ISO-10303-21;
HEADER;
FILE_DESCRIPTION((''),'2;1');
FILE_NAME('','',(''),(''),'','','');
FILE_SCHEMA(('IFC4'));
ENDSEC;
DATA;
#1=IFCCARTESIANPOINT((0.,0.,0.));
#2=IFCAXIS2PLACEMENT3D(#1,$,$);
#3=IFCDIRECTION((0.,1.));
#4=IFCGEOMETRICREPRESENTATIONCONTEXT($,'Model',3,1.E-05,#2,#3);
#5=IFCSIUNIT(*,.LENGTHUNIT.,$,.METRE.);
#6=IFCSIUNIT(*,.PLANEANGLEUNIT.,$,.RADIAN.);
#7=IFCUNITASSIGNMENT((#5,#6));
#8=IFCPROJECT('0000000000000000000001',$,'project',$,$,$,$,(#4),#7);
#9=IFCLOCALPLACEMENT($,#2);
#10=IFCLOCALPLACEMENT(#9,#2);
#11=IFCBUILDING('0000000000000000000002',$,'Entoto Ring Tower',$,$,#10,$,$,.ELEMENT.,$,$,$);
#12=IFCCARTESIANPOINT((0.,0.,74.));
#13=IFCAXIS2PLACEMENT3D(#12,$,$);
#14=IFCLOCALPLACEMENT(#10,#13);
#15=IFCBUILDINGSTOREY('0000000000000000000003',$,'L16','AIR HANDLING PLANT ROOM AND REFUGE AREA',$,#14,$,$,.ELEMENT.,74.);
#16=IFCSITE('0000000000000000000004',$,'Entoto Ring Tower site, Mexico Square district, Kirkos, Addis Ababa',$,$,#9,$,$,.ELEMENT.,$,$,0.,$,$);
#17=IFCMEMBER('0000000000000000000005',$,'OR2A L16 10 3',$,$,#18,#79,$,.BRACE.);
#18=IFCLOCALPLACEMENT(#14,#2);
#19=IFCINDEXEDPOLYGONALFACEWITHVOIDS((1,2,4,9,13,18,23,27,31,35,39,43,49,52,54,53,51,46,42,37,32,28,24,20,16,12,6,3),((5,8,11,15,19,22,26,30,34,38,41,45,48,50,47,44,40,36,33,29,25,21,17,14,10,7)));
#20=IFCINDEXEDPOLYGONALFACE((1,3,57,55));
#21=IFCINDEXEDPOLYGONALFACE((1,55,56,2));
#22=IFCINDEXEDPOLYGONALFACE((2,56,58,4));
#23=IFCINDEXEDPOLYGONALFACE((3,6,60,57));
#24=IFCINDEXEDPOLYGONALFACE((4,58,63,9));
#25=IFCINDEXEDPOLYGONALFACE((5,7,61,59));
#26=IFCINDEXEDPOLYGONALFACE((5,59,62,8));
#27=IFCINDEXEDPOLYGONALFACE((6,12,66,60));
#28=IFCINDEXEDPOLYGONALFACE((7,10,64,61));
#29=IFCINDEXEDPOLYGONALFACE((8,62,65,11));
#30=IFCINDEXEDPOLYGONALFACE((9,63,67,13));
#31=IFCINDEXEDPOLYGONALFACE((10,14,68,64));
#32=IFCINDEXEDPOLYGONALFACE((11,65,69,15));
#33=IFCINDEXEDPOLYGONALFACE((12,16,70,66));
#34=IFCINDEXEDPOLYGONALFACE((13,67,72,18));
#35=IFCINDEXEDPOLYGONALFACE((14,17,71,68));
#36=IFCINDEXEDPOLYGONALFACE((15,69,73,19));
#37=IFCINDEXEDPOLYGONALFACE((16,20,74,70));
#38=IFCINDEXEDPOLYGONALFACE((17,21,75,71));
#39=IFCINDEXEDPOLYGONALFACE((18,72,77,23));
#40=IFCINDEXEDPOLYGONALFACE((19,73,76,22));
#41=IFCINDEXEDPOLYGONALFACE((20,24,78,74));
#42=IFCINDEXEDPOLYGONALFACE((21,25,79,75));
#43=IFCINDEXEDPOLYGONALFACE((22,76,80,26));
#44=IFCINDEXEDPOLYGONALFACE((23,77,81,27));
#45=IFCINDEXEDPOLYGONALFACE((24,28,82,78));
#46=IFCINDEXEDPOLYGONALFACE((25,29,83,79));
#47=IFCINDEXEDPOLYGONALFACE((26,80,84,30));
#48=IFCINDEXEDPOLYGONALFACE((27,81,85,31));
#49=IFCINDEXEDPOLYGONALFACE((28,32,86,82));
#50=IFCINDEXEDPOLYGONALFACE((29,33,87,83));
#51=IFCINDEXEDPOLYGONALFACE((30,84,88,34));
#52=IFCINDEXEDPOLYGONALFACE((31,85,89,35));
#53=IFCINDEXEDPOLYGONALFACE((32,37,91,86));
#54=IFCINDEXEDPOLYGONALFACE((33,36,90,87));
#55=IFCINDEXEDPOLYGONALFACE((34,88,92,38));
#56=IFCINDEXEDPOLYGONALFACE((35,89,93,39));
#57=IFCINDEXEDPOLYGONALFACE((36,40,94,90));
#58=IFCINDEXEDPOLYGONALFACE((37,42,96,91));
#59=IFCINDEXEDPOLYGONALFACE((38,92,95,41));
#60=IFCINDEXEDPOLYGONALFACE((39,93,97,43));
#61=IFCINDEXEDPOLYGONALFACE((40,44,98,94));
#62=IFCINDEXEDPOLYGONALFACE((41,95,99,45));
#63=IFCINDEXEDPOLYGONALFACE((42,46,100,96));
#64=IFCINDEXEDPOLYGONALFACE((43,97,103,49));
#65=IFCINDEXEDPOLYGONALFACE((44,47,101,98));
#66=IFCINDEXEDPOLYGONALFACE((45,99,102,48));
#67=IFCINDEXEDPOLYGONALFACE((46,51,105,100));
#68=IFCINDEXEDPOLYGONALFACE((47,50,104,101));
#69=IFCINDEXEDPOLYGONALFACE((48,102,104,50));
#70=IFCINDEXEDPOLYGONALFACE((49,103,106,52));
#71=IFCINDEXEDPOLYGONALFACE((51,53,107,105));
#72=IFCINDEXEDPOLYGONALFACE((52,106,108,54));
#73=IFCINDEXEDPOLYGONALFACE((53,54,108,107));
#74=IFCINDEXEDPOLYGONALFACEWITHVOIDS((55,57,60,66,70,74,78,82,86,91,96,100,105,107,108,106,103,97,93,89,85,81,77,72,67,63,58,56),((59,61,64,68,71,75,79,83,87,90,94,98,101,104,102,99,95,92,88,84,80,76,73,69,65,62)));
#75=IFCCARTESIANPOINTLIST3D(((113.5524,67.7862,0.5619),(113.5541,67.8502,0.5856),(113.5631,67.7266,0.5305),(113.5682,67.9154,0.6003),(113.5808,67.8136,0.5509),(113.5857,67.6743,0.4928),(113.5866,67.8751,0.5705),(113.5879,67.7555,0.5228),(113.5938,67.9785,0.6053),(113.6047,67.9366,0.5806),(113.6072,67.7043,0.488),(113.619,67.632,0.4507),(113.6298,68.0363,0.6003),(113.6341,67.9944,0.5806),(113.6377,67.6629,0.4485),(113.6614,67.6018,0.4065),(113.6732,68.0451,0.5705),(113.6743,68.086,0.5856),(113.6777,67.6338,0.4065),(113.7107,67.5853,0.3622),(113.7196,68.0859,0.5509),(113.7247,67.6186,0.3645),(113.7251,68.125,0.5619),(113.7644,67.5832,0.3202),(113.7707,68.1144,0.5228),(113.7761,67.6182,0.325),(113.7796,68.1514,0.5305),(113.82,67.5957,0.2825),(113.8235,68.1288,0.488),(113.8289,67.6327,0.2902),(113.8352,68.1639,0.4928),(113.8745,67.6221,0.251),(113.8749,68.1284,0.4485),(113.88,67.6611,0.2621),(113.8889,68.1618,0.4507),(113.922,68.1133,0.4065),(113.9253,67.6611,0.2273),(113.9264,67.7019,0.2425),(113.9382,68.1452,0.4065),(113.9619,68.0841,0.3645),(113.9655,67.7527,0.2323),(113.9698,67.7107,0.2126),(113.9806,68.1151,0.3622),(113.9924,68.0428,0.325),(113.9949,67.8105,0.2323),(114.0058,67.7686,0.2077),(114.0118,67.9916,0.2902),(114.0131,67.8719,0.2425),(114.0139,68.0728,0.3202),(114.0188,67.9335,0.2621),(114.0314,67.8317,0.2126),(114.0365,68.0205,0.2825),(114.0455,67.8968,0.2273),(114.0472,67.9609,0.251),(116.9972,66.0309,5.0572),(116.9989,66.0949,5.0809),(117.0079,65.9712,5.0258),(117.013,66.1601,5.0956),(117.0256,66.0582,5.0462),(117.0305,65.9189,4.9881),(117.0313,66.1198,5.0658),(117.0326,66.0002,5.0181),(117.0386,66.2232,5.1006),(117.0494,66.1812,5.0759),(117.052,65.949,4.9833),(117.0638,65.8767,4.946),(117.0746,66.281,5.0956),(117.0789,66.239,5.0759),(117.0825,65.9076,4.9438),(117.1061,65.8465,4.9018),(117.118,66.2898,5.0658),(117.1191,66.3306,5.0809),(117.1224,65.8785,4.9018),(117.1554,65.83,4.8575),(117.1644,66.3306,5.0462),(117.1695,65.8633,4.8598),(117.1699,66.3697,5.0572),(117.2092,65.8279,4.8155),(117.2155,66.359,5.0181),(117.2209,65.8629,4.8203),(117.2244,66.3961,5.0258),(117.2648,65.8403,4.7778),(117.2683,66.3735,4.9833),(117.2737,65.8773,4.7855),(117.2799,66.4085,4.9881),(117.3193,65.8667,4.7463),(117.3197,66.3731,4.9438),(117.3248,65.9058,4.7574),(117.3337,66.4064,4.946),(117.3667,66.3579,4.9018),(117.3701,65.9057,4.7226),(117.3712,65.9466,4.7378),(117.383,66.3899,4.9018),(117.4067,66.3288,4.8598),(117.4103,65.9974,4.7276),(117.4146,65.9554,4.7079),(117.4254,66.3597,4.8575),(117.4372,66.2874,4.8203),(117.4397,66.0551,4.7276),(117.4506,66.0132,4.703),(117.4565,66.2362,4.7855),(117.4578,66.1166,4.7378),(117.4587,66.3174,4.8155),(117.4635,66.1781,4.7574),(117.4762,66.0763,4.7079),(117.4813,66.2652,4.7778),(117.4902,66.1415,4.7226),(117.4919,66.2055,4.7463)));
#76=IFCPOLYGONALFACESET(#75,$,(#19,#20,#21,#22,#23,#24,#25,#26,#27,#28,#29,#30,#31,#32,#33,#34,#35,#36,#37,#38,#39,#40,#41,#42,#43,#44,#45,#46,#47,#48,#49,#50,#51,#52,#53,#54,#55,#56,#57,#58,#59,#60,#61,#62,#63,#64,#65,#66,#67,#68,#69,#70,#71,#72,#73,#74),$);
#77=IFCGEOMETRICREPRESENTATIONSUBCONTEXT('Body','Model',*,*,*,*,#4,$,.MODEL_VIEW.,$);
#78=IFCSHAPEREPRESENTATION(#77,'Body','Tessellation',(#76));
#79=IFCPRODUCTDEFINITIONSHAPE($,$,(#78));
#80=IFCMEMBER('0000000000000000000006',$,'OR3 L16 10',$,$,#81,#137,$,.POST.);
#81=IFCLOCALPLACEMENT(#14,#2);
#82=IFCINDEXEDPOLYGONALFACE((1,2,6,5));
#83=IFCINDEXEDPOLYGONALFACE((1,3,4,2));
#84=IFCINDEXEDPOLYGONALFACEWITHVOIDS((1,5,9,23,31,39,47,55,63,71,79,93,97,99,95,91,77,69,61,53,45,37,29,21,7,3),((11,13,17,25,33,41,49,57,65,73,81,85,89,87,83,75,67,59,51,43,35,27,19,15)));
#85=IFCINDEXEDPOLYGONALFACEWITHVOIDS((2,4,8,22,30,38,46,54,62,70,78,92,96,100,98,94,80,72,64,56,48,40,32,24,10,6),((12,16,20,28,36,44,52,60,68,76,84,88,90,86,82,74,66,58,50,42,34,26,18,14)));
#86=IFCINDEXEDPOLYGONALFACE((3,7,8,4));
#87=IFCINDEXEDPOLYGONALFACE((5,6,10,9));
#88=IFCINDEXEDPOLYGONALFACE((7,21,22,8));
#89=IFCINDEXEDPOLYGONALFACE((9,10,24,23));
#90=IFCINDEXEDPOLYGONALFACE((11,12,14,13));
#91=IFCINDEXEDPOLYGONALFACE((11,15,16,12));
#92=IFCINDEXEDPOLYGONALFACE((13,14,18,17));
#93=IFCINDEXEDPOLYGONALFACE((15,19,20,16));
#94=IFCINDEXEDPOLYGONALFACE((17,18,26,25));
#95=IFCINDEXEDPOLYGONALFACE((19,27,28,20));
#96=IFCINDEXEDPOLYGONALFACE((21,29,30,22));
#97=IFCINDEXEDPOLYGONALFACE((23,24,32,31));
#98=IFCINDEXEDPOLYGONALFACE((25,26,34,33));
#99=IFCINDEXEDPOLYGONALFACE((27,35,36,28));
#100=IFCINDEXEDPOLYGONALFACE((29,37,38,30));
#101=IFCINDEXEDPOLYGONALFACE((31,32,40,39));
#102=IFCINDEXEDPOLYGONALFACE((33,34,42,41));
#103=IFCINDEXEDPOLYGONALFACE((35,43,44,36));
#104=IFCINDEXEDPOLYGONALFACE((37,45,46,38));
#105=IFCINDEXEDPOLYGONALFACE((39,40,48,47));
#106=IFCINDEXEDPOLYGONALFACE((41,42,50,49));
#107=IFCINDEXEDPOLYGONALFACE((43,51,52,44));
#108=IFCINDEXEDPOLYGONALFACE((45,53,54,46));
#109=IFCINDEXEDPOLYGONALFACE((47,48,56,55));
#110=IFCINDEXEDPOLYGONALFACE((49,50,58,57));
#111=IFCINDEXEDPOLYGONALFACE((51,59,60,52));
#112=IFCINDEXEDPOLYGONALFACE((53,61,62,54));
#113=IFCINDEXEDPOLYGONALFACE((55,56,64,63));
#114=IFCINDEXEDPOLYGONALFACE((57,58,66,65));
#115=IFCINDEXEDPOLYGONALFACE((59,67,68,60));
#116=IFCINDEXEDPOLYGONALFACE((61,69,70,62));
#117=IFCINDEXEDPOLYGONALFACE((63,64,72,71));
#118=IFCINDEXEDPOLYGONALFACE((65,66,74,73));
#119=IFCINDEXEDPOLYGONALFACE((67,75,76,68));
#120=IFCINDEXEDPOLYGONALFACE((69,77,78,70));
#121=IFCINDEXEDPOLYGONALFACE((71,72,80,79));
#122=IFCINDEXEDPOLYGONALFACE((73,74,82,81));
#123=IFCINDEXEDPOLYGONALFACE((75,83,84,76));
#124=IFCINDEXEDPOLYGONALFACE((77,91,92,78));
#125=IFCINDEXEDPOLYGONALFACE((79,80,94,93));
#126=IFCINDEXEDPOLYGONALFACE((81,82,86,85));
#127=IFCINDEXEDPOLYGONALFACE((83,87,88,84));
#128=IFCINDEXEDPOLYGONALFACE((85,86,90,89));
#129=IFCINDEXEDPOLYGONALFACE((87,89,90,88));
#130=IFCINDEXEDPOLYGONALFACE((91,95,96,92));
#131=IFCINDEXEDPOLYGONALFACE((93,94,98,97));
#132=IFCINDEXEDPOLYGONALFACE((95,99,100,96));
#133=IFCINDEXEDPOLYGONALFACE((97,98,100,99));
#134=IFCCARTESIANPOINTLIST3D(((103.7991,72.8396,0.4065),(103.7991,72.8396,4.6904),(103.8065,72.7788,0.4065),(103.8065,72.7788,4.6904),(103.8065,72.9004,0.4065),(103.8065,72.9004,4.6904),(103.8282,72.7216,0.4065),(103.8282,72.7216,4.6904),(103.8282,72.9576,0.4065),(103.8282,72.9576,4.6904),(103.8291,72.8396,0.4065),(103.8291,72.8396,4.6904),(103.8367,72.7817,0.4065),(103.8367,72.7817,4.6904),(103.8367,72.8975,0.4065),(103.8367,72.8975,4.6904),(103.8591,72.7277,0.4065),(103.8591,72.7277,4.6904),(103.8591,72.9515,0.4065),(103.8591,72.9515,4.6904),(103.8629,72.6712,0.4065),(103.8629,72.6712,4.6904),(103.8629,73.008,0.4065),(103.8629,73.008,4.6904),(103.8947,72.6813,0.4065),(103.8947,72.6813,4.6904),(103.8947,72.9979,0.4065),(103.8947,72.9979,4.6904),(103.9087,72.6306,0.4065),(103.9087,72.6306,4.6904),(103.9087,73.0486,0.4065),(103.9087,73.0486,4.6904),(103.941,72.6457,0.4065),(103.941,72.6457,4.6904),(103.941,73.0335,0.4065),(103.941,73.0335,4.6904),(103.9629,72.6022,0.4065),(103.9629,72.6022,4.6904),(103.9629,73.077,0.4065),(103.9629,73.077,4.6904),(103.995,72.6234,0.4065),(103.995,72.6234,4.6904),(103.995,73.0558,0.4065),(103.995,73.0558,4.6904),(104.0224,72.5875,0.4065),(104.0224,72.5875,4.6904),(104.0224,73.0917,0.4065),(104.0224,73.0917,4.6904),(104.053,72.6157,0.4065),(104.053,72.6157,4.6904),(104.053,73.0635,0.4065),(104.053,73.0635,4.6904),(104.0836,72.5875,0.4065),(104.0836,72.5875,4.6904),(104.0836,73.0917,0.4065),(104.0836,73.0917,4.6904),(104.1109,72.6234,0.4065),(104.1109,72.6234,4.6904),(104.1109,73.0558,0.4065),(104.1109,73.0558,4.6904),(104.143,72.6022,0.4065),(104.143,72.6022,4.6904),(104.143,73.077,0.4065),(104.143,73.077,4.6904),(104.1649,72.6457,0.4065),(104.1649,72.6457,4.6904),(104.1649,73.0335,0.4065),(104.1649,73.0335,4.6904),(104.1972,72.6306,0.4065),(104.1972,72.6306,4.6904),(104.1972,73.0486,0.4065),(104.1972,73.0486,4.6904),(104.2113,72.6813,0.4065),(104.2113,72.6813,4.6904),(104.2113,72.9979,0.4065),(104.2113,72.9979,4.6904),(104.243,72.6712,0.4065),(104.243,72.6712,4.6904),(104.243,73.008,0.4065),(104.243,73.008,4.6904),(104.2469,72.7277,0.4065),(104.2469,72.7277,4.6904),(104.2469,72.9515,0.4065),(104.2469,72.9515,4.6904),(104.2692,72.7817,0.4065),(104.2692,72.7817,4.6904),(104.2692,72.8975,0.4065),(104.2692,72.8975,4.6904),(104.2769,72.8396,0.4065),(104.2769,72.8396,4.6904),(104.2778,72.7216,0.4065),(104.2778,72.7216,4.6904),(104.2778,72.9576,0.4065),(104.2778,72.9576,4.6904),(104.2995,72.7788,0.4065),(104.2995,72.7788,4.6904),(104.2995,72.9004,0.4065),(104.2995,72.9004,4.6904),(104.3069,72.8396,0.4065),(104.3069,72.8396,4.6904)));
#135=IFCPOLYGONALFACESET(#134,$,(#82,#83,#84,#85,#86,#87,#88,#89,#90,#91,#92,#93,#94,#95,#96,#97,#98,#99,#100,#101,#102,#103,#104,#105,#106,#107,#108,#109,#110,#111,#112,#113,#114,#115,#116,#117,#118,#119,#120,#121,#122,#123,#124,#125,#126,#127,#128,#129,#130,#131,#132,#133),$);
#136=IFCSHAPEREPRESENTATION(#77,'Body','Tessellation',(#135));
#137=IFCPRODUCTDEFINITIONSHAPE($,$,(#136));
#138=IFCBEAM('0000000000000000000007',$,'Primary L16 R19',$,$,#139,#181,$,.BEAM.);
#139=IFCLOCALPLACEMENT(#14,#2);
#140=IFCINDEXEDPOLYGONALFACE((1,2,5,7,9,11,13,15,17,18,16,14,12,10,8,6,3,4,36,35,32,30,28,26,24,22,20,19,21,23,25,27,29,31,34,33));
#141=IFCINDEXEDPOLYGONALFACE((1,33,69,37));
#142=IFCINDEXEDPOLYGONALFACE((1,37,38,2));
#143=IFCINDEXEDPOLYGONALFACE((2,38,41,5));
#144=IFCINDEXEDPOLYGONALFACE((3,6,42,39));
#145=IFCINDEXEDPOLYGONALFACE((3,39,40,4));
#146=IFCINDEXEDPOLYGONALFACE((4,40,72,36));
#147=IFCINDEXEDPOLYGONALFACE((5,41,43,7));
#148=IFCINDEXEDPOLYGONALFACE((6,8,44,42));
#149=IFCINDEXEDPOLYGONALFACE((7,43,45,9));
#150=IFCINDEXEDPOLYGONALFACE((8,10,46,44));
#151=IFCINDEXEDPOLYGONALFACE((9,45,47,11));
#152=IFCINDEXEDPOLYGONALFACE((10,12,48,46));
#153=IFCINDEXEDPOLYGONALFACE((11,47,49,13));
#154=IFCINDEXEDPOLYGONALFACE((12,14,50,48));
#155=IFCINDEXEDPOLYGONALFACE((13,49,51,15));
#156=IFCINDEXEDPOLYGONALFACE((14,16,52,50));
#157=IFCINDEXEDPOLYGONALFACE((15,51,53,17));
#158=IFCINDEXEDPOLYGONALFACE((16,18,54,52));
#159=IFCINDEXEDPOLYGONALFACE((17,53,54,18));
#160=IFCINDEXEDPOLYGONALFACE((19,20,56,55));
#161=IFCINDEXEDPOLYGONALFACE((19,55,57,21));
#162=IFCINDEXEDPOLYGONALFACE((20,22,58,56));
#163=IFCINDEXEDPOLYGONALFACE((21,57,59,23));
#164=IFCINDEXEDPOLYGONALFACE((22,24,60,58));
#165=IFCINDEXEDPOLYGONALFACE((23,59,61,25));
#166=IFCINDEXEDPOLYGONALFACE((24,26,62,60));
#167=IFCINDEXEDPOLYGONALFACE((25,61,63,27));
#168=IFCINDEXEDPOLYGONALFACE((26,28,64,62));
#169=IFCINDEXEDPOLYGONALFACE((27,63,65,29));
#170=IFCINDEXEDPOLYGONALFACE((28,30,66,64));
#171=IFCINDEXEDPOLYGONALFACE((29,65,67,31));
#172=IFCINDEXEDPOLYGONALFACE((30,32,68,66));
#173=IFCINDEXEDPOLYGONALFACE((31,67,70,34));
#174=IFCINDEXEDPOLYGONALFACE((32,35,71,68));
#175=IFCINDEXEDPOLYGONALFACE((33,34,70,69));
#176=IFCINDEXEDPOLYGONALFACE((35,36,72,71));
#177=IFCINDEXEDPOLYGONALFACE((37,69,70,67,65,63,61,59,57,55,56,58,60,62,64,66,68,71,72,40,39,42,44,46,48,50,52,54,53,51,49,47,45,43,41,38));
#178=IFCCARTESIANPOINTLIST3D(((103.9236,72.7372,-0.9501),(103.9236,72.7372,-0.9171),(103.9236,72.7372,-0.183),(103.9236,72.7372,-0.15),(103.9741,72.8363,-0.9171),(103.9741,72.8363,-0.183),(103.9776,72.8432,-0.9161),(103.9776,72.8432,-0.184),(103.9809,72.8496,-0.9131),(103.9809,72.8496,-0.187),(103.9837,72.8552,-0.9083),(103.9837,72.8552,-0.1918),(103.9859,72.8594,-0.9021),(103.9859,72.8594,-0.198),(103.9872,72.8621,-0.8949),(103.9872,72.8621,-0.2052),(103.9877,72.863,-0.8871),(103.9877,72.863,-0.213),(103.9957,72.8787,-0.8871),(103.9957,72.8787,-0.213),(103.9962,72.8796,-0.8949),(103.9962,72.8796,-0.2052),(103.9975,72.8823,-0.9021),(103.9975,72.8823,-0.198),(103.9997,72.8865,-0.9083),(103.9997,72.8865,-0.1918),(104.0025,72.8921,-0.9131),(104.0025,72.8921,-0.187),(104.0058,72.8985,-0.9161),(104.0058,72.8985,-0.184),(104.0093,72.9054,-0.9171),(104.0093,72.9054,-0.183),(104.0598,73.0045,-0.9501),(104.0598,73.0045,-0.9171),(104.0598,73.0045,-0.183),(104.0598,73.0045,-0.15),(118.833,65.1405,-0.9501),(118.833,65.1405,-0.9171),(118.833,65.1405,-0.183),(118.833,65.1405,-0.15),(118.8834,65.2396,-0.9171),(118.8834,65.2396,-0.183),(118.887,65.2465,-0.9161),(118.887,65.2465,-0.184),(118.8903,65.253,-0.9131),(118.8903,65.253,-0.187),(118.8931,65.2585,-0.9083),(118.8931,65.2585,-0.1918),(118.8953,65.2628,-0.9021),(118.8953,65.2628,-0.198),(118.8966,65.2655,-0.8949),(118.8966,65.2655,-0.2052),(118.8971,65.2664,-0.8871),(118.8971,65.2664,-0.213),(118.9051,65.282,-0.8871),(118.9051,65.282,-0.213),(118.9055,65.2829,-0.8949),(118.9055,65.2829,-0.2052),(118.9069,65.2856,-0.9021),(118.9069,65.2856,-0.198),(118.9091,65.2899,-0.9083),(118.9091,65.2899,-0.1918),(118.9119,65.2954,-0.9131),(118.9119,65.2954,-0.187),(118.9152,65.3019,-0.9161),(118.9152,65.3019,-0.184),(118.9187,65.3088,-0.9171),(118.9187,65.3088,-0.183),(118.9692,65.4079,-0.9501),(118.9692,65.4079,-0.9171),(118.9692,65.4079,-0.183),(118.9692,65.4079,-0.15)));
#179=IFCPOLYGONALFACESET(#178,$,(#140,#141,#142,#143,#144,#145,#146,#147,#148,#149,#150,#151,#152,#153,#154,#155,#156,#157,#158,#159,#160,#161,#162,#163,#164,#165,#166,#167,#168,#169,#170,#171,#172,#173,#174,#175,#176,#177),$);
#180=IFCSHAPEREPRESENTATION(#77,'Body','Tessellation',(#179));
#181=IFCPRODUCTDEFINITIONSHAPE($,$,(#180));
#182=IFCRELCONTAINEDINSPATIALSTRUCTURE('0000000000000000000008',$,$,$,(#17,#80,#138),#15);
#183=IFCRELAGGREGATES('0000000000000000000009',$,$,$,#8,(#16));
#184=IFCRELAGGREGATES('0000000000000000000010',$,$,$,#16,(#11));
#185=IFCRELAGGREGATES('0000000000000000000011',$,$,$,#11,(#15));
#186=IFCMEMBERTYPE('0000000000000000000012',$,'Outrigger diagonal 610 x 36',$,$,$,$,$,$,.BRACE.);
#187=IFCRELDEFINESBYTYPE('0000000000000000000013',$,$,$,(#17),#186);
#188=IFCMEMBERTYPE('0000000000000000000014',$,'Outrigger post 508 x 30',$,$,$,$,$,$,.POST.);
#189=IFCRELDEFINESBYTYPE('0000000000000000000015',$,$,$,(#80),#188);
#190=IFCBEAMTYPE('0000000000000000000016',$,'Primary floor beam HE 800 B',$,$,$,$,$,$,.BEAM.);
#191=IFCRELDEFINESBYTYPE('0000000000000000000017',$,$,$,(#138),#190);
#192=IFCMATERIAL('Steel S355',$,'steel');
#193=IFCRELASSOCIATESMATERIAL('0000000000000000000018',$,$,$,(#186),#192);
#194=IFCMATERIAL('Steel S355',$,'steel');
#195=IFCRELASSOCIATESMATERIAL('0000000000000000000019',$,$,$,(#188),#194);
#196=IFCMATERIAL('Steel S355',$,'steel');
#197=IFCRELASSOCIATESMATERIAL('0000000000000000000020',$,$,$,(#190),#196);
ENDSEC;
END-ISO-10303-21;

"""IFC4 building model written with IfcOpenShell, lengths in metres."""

from ifc_helpers import new_model, si_unit, direction, frame, origin, origin_2d, place, context, subcontext, project, spatial, circle, hollow_circle, i_section, extrude, material, material_profile, profile_set, type_object, element, save


model = new_model("IFC4")

# Units and contexts
model_context = context("Model", 3, precision=1e-05, world=origin(), true_north=direction((0.0, 1.0)))
body_context = subcontext(model_context, "Body", "Model", "MODEL_VIEW")
ifc_project = project(units=[si_unit("LENGTHUNIT", "METRE"), si_unit("PLANEANGLEUNIT", "RADIAN")], contexts=[model_context])

# Site, building, storey
site_placement = place(None, origin())
site = spatial("IfcSite", under=ifc_project, at=site_placement, Name="Entoto Ring Tower site, Mexico Square district, Kirkos, Addis Ababa", CompositionType="ELEMENT", RefElevation=0.0)
building_placement = place(site_placement, origin())
building = spatial("IfcBuilding", under=site, at=building_placement, Name="Entoto Ring Tower", CompositionType="ELEMENT")
storey_placement = place(building_placement, frame((0.0, 0.0, 74.0)))
storey = spatial("IfcBuildingStorey", under=building, at=storey_placement, Name="L16", Description="AIR HANDLING PLANT ROOM AND REFUGE AREA", CompositionType="ELEMENT", Elevation=74.0)

# Members
ifc_material_1 = material(Name="Steel S355", Category="steel")
ifc_material_profile_1 = material_profile(ifc_material_1, hollow_circle(Radius=0.3049, WallThickness=0.0359, at=origin_2d()), Name="CHS 610 x 36")
ifc_material_2 = material(Name="Concrete C60/75", Category="concrete")
ifc_material_profile_2 = material_profile(ifc_material_2, circle(Radius=0.269, at=origin_2d()), Name="Concrete C60/75 infill")
ifc_profile_set_1 = profile_set([ifc_material_profile_1, ifc_material_profile_2], Name="Steel S355")
member_type_1 = type_object("IfcMemberType", Name="Outrigger diagonal 610 x 36", PredefinedType="BRACE", material=ifc_profile_set_1)
member_1_placement = place(storey_placement, frame((113.7998, 67.8735, 0.4065), z_axis=(0.580985, -0.296051, 0.758163), x_axis=(0.45402, 0.890991, 0.0)))
element("IfcMember", 1, at=member_1_placement, inside=storey, type_object=member_type_1, Name="OR2A L16 10 3", PredefinedType="BRACE", context=body_context, shape_type="SweptSolid", body=[
    extrude(hollow_circle(Radius=0.3049, WallThickness=0.0359, at=origin_2d()), origin(), (0.0, 0.0, 1.0), 5.9292),
])
ifc_material_3 = material(Name="Steel S355", Category="steel")
ifc_material_profile_3 = material_profile(ifc_material_3, hollow_circle(Radius=0.2539, WallThickness=0.03, at=origin_2d()), Name="CHS 508 x 30")
ifc_material_4 = material(Name="Concrete C60/75", Category="concrete")
ifc_material_profile_4 = material_profile(ifc_material_4, circle(Radius=0.2241, at=origin_2d()), Name="Concrete C60/75 infill")
ifc_profile_set_2 = profile_set([ifc_material_profile_3, ifc_material_profile_4], Name="Steel S355")
member_type_2 = type_object("IfcMemberType", Name="Outrigger post 508 x 30", PredefinedType="POST", material=ifc_profile_set_2)
member_2_placement = place(storey_placement, frame((104.053, 72.8396, 0.4065), z_axis=(0.0, 0.0, 1.0), x_axis=(1.0, 0.0, 0.0)))
element("IfcMember", 2, at=member_2_placement, inside=storey, type_object=member_type_2, Name="OR3 L16 10", PredefinedType="POST", context=body_context, shape_type="SweptSolid", body=[
    extrude(hollow_circle(Radius=0.2539, WallThickness=0.03, at=origin_2d()), origin(), (0.0, 0.0, 1.0), 4.2839),
])

# Beam
ifc_material_5 = material(Name="Steel S355", Category="steel")
ifc_material_profile_5 = material_profile(ifc_material_5, i_section(OverallWidth=0.3, OverallDepth=0.8, WebThickness=0.0176, FlangeThickness=0.033, FilletRadius=0.03, at=origin_2d()), Name="HE 800 B")
ifc_profile_set_3 = profile_set([ifc_material_profile_5], Name="Steel S355")
beam_type_1 = type_object("IfcBeamType", Name="Primary floor beam HE 800 B", PredefinedType="BEAM", material=ifc_profile_set_3)
beam_1_placement = place(storey_placement, frame((103.9917, 72.8708, -0.55), z_axis=(0.891008, -0.453988, 0.0), x_axis=(0.453988, 0.891008, 0.0)))
element("IfcBeam", 3, at=beam_1_placement, inside=storey, type_object=beam_type_1, Name="Primary L16 R19", PredefinedType="BEAM", context=body_context, shape_type="SweptSolid", body=[
    extrude(i_section(OverallWidth=0.3, OverallDepth=0.8, WebThickness=0.0176, FlangeThickness=0.033, FilletRadius=0.03, at=origin_2d()), origin(), (0.0, 0.0, 1.0), 16.7332),
])

save(model, "model.ifc")
